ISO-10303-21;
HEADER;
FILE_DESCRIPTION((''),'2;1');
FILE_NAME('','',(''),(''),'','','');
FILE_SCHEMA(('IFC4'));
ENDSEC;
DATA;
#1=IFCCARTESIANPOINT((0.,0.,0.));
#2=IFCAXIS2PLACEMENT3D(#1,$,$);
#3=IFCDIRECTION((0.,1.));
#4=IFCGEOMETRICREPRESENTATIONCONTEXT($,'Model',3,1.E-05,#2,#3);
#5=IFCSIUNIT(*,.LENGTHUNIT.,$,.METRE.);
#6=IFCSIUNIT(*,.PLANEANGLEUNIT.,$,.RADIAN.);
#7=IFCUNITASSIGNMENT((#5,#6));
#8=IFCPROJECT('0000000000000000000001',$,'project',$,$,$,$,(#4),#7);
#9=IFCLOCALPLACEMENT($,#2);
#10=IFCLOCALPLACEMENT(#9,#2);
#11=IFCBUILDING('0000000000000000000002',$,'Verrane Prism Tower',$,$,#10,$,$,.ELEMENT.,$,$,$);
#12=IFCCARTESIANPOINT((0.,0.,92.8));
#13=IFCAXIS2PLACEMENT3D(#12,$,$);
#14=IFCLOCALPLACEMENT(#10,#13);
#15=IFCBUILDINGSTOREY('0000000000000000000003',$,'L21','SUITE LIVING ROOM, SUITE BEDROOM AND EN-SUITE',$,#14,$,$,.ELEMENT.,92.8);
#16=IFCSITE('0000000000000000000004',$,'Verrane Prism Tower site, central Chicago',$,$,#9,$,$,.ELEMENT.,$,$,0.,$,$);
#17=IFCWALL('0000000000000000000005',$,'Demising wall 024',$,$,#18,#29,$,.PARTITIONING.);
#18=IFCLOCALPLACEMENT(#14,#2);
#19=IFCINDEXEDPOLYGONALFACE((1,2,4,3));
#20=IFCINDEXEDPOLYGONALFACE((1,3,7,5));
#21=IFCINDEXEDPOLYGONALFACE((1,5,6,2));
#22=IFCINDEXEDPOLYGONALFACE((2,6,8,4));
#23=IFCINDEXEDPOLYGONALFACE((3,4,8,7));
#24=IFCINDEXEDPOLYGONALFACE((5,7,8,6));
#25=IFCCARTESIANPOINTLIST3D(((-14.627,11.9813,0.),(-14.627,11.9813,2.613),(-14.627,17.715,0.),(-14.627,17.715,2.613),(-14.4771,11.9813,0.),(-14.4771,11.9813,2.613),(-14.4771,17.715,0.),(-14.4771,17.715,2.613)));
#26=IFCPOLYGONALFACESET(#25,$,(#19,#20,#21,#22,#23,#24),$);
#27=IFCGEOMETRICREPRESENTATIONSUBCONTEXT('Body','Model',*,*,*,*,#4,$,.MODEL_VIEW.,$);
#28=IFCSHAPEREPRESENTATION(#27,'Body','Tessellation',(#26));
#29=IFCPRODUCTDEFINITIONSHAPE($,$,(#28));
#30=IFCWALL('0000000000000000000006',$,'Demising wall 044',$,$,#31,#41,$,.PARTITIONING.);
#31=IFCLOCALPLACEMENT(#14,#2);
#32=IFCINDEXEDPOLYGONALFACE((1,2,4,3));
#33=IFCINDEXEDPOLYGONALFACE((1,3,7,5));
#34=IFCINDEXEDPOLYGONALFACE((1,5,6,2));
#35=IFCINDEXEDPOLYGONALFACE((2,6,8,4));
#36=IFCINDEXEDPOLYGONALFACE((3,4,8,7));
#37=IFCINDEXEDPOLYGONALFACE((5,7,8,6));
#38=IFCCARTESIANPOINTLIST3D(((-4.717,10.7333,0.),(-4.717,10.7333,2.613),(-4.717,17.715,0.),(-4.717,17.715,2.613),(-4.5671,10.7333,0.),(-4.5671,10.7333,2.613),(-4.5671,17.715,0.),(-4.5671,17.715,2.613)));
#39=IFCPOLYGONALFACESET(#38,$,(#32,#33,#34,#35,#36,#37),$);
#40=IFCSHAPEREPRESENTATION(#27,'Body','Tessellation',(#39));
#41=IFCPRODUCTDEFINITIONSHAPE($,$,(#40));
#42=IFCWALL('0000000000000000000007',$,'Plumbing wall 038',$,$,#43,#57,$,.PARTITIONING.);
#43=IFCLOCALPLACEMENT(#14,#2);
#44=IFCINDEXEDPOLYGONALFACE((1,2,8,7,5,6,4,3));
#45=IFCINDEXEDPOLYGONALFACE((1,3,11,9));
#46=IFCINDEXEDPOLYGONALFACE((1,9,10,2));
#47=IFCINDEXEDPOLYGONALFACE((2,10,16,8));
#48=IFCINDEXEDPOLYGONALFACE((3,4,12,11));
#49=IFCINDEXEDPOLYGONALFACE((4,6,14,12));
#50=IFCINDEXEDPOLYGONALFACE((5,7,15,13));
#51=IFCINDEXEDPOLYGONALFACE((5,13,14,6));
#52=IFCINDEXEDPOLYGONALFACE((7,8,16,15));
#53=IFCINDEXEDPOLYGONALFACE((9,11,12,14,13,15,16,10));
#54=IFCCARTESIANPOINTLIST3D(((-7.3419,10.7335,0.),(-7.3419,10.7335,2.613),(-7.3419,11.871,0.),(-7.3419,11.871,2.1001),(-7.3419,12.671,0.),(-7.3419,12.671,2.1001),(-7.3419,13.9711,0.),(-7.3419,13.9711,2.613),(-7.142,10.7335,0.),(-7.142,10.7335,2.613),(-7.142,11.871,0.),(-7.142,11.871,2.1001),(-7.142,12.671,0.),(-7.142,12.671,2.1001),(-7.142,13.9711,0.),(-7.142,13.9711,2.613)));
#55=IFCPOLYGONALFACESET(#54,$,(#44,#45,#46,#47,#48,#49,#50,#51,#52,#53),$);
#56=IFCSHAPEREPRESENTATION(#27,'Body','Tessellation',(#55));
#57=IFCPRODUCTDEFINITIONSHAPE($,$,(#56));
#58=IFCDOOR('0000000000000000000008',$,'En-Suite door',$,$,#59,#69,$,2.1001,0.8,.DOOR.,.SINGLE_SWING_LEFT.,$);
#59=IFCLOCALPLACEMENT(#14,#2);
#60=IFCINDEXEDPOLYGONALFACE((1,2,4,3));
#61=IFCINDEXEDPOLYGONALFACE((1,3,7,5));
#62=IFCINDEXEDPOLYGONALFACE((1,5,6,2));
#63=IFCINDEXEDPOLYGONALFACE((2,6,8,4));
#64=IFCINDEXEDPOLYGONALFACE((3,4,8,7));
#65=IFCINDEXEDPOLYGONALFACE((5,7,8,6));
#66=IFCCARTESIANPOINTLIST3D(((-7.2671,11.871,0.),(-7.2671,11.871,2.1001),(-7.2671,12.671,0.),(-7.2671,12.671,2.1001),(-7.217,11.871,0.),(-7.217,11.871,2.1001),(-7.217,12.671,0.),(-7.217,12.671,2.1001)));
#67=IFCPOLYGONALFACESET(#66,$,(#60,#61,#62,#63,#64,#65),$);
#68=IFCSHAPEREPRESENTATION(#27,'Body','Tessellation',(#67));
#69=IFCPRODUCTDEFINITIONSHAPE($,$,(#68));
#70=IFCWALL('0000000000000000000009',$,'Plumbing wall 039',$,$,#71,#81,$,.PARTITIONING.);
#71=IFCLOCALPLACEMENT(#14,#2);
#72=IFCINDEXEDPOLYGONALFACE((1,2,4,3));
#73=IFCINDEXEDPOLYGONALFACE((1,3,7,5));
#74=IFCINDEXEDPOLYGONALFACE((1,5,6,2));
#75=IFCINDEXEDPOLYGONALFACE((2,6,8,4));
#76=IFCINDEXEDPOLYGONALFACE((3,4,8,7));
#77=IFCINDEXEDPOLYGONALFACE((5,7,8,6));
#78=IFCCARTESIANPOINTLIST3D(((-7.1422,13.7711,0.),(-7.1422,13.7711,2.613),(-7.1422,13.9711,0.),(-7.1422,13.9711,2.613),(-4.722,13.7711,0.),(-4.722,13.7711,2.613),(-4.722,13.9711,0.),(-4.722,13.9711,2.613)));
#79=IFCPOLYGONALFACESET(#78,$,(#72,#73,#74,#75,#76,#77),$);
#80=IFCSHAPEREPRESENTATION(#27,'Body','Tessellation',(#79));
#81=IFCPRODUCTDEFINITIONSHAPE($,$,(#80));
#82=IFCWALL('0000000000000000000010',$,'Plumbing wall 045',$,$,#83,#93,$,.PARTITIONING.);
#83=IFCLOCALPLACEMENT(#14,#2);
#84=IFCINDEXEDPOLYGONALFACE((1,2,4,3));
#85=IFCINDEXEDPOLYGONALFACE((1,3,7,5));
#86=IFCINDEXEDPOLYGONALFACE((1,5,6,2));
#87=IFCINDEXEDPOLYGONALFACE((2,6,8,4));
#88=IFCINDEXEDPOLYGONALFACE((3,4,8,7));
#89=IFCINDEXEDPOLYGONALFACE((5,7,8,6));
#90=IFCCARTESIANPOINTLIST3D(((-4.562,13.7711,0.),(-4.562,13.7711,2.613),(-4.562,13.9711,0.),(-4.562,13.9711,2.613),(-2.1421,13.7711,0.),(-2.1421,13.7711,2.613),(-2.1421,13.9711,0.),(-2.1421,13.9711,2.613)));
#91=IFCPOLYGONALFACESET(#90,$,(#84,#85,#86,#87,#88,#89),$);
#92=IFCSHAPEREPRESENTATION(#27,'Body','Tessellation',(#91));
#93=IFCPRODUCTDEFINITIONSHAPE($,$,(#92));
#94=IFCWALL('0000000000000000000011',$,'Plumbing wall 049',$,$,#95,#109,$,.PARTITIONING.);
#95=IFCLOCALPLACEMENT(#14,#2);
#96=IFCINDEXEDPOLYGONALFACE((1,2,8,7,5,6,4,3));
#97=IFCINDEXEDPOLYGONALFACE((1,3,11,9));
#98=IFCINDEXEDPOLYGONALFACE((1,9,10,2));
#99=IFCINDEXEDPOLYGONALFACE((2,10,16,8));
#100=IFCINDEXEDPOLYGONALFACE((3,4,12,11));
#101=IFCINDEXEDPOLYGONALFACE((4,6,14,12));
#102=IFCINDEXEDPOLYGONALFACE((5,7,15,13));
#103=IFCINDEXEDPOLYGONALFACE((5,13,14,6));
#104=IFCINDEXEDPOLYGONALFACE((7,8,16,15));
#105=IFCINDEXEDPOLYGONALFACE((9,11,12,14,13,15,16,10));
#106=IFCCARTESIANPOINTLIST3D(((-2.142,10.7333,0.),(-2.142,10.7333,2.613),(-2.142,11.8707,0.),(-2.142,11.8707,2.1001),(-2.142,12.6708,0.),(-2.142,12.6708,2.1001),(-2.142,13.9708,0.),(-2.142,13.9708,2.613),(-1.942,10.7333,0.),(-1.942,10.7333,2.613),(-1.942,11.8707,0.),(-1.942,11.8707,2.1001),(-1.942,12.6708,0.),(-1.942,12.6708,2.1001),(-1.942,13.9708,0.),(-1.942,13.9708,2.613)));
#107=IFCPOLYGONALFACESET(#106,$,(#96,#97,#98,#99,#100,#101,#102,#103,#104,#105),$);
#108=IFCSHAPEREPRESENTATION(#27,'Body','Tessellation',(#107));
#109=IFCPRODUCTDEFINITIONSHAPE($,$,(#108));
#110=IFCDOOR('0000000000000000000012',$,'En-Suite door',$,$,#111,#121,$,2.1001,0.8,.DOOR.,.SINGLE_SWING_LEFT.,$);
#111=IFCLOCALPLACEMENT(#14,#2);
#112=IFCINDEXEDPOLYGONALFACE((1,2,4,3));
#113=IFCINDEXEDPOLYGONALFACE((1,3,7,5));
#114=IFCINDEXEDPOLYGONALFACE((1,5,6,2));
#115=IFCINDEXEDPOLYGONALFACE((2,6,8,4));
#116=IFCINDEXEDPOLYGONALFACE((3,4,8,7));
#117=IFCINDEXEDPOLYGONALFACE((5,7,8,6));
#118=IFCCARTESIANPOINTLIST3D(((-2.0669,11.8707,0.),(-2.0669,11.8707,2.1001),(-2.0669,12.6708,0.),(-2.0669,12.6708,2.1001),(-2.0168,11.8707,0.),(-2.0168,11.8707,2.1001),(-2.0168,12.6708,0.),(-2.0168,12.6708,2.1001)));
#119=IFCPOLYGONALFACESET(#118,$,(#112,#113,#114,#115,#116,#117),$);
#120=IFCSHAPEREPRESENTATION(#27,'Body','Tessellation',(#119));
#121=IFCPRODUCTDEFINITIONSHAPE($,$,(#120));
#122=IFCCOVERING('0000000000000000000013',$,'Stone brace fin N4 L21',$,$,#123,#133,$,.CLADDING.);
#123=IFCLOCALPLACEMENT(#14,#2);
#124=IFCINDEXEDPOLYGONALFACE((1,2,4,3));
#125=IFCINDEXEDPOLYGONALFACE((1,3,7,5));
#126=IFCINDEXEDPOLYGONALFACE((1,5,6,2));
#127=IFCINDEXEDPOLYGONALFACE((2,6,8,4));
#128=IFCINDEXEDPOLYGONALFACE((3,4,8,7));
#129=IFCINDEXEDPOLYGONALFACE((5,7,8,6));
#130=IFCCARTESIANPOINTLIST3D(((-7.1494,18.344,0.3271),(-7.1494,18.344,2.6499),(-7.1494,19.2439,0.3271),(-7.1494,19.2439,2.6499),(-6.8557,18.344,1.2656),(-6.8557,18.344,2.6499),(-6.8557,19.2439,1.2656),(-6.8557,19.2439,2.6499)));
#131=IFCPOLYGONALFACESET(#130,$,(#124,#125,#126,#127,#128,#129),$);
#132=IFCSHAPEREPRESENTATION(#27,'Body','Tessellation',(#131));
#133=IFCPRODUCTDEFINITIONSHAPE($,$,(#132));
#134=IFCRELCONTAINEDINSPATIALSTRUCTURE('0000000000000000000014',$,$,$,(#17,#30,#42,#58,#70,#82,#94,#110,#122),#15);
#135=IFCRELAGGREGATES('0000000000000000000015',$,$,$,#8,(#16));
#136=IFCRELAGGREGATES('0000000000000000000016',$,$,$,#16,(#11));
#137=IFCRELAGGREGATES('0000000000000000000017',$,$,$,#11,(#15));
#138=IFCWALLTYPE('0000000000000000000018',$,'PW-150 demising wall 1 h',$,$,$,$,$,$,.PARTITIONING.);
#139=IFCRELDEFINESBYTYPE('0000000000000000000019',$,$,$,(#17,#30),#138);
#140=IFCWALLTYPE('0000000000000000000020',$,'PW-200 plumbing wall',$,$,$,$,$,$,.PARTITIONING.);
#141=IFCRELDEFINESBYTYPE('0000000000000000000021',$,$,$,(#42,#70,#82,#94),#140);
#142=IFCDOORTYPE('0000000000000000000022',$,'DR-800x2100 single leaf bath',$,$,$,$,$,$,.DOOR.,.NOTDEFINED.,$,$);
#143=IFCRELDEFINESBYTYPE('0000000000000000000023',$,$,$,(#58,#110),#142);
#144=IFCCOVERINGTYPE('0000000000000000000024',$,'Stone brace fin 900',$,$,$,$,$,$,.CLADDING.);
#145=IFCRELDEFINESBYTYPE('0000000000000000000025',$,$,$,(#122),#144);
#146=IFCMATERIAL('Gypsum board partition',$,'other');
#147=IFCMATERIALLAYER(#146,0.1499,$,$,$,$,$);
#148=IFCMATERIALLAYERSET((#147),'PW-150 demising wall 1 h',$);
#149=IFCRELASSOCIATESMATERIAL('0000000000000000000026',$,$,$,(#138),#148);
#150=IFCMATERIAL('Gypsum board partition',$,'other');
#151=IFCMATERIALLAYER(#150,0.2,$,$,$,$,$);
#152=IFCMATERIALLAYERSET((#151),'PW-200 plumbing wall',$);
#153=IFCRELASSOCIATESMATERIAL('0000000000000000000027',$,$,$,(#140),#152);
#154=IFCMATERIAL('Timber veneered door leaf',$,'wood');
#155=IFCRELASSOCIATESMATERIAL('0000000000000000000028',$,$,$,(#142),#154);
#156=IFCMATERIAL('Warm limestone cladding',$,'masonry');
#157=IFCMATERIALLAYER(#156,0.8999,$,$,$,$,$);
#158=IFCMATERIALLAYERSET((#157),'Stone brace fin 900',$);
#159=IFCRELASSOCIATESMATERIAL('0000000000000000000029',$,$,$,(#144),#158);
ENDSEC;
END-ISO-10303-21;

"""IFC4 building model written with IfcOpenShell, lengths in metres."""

from ifc_helpers import new_model, si_unit, direction, frame, frame_2d, origin, place, context, subcontext, project, spatial, polyline, rectangle, outline, extrude, material, layer, layer_set, type_object, element, fill, save


model = new_model("IFC4")

# Units and contexts
model_context = context("Model", 3, precision=1e-05, world=origin(), true_north=direction((0.0, 1.0)))
body_context = subcontext(model_context, "Body", "Model", "MODEL_VIEW")
ifc_project = project(units=[si_unit("LENGTHUNIT", "METRE"), si_unit("PLANEANGLEUNIT", "RADIAN")], contexts=[model_context])

# Site, building, storey
site_placement = place(None, origin())
site = spatial("IfcSite", under=ifc_project, at=site_placement, Name="Verrane Prism Tower site, central Chicago", CompositionType="ELEMENT", RefElevation=0.0)
building_placement = place(site_placement, origin())
building = spatial("IfcBuilding", under=site, at=building_placement, Name="Verrane Prism Tower", CompositionType="ELEMENT")
storey_placement = place(building_placement, frame((0.0, 0.0, 92.8)))
storey = spatial("IfcBuildingStorey", under=building, at=storey_placement, Name="L21", Description="SUITE LIVING ROOM, SUITE BEDROOM AND EN-SUITE", CompositionType="ELEMENT", Elevation=92.8)

# Walls
ifc_material_1 = material(Name="Gypsum board partition", Category="other")
ifc_layer_1 = layer(ifc_material_1, 0.1499)
ifc_layer_set_1 = layer_set([ifc_layer_1], Name="PW-150 demising wall 1 h")
wall_type_1 = type_object("IfcWallType", Name="PW-150 demising wall 1 h", PredefinedType="PARTITIONING", material=ifc_layer_set_1)
wall_1_placement = place(storey_placement, frame((-14.552, 11.9814, 0.0), z_axis=(0.0, 0.0, 1.0), x_axis=(0.0, 1.0, 0.0)))
element("IfcWall", 1, at=wall_1_placement, inside=storey, type_object=wall_type_1, Name="Demising wall 024", PredefinedType="PARTITIONING", context=body_context, shape_type="SweptSolid", body=[
    extrude(rectangle(XDim=5.7336, YDim=0.1499, at=frame_2d((2.8667, 0.0))), origin(), (0.0, 0.0, 1.0), 2.613),
])
wall_2_placement = place(storey_placement, frame((-4.6421, 10.7334, 0.0), z_axis=(0.0, 0.0, 1.0), x_axis=(0.0, 1.0, 0.0)))
element("IfcWall", 2, at=wall_2_placement, inside=storey, type_object=wall_type_1, Name="Demising wall 044", PredefinedType="PARTITIONING", context=body_context, shape_type="SweptSolid", body=[
    extrude(rectangle(XDim=6.9817, YDim=0.1499, at=frame_2d((3.4907, 0.0))), origin(), (0.0, 0.0, 1.0), 2.613),
])

# Wall, opening, door
ifc_material_2 = material(Name="Gypsum board partition", Category="other")
ifc_layer_2 = layer(ifc_material_2, 0.2)
ifc_layer_set_2 = layer_set([ifc_layer_2], Name="PW-200 plumbing wall")
wall_type_2 = type_object("IfcWallType", Name="PW-200 plumbing wall", PredefinedType="PARTITIONING", material=ifc_layer_set_2)
wall_3_placement = place(storey_placement, frame((-7.2419, 13.9709, 0.0), z_axis=(0.0, 0.0, 1.0), x_axis=(0.0, -1.0, 0.0)))
wall_3 = element("IfcWall", 3, at=wall_3_placement, inside=storey, type_object=wall_type_2, Name="Plumbing wall 038", PredefinedType="PARTITIONING", context=body_context, shape_type="SweptSolid", body=[
    extrude(rectangle(XDim=3.2375, YDim=0.2, at=frame_2d((1.6187, 0.0))), origin(), (0.0, 0.0, 1.0), 2.613),
])
opening_1_placement = place(wall_3_placement, frame((1.3, 0.0, 0.0)))
opening_1 = element("IfcOpeningElement", 4, at=opening_1_placement, cuts=wall_3, PredefinedType="OPENING", context=body_context, shape_type="SweptSolid", body=[
    extrude(rectangle(XDim=0.8, YDim=2.1001, at=frame_2d((0.3999, 1.05))), frame((0.0, 0.1099, 0.0), z_axis=(0.0, -1.0, 0.0), x_axis=(1.0, 0.0, 0.0)), (0.0, 0.0, 1.0), 0.22),
])
ifc_material_3 = material(Name="Timber veneered door leaf", Category="wood")
door_type_1 = type_object("IfcDoorType", Name="DR-800x2100 single leaf bath", OperationType="NOTDEFINED", PredefinedType="DOOR", material=ifc_material_3)
door_1_placement = place(opening_1_placement, origin())
door_1 = element("IfcDoor", 5, at=door_1_placement, inside=storey, type_object=door_type_1, Name="En-Suite door", OperationType="SINGLE_SWING_LEFT", OverallHeight=2.1001, OverallWidth=0.8, PredefinedType="DOOR", context=body_context, shape_type="SweptSolid", body=[
    extrude(rectangle(XDim=0.8, YDim=2.1001, at=frame_2d((0.3999, 1.05))), frame((0.0, 0.0249, 0.0), z_axis=(0.0, -1.0, 0.0), x_axis=(1.0, 0.0, 0.0)), (0.0, 0.0, 1.0), 0.05),
])
fill(opening_1, door_1)

# Walls
wall_4_placement = place(storey_placement, frame((-7.1421, 13.8711, 0.0), z_axis=(0.0, 0.0, 1.0), x_axis=(1.0, 0.0, 0.0)))
element("IfcWall", 6, at=wall_4_placement, inside=storey, type_object=wall_type_2, Name="Plumbing wall 039", PredefinedType="PARTITIONING", context=body_context, shape_type="SweptSolid", body=[
    extrude(rectangle(XDim=2.4202, YDim=0.2, at=frame_2d((1.21, 0.0))), origin(), (0.0, 0.0, 1.0), 2.613),
])
wall_5_placement = place(storey_placement, frame((-4.562, 13.8711, 0.0), z_axis=(0.0, 0.0, 1.0), x_axis=(1.0, 0.0, 0.0)))
element("IfcWall", 7, at=wall_5_placement, inside=storey, type_object=wall_type_2, Name="Plumbing wall 045", PredefinedType="PARTITIONING", context=body_context, shape_type="SweptSolid", body=[
    extrude(rectangle(XDim=2.4199, YDim=0.2, at=frame_2d((1.21, 0.0))), origin(), (0.0, 0.0, 1.0), 2.613),
])

# Wall, opening, door
wall_6_placement = place(storey_placement, frame((-2.042, 10.7334, 0.0), z_axis=(0.0, 0.0, 1.0), x_axis=(0.0, 1.0, 0.0)))
wall_6 = element("IfcWall", 8, at=wall_6_placement, inside=storey, type_object=wall_type_2, Name="Plumbing wall 049", PredefinedType="PARTITIONING", context=body_context, shape_type="SweptSolid", body=[
    extrude(rectangle(XDim=3.2375, YDim=0.2, at=frame_2d((1.6187, 0.0))), origin(), (0.0, 0.0, 1.0), 2.613),
])
opening_2_placement = place(wall_6_placement, frame((1.1375, 0.0, 0.0)))
opening_2 = element("IfcOpeningElement", 9, at=opening_2_placement, cuts=wall_6, PredefinedType="OPENING", context=body_context, shape_type="SweptSolid", body=[
    extrude(rectangle(XDim=0.8, YDim=2.1001, at=frame_2d((0.3999, 1.05))), frame((0.0, 0.1099, 0.0), z_axis=(0.0, -1.0, 0.0), x_axis=(1.0, 0.0, 0.0)), (0.0, 0.0, 1.0), 0.22),
])
door_2_placement = place(opening_2_placement, origin())
door_2 = element("IfcDoor", 10, at=door_2_placement, inside=storey, type_object=door_type_1, Name="En-Suite door", OperationType="SINGLE_SWING_LEFT", OverallHeight=2.1001, OverallWidth=0.8, PredefinedType="DOOR", context=body_context, shape_type="SweptSolid", body=[
    extrude(rectangle(XDim=0.8, YDim=2.1001, at=frame_2d((0.3999, 1.05))), frame((0.0, 0.0249, 0.0), z_axis=(0.0, -1.0, 0.0), x_axis=(1.0, 0.0, 0.0)), (0.0, 0.0, 1.0), 0.05),
])
fill(opening_2, door_2)

# Covering
ifc_material_4 = material(Name="Warm limestone cladding", Category="masonry")
ifc_layer_3 = layer(ifc_material_4, 0.8999)
ifc_layer_set_3 = layer_set([ifc_layer_3], Name="Stone brace fin 900")
covering_type = type_object("IfcCoveringType", Name="Stone brace fin 900", PredefinedType="CLADDING", material=ifc_layer_set_3)
covering_placement = place(storey_placement, frame((-7.1494, 18.7939, 0.3271), z_axis=(0.0, 0.0, 1.0), x_axis=(1.0, 0.0, 0.0)))
element("IfcCovering", 11, at=covering_placement, inside=storey, type_object=covering_type, Name="Stone brace fin N4 L21", PredefinedType="CLADDING", context=body_context, shape_type="SweptSolid", body=[
    extrude(outline(polyline([(0.2937, 2.3228), (0.0, 2.3228), (0.0, 0.0), (0.2937, 0.9385), (0.2937, 2.3228)])), frame((0.0, 0.45, 0.0), z_axis=(0.0, -1.0, 0.0), x_axis=(1.0, 0.0, 0.0)), (0.0, 0.0, 1.0), 0.8999),
])

save(model, "model.ifc")
